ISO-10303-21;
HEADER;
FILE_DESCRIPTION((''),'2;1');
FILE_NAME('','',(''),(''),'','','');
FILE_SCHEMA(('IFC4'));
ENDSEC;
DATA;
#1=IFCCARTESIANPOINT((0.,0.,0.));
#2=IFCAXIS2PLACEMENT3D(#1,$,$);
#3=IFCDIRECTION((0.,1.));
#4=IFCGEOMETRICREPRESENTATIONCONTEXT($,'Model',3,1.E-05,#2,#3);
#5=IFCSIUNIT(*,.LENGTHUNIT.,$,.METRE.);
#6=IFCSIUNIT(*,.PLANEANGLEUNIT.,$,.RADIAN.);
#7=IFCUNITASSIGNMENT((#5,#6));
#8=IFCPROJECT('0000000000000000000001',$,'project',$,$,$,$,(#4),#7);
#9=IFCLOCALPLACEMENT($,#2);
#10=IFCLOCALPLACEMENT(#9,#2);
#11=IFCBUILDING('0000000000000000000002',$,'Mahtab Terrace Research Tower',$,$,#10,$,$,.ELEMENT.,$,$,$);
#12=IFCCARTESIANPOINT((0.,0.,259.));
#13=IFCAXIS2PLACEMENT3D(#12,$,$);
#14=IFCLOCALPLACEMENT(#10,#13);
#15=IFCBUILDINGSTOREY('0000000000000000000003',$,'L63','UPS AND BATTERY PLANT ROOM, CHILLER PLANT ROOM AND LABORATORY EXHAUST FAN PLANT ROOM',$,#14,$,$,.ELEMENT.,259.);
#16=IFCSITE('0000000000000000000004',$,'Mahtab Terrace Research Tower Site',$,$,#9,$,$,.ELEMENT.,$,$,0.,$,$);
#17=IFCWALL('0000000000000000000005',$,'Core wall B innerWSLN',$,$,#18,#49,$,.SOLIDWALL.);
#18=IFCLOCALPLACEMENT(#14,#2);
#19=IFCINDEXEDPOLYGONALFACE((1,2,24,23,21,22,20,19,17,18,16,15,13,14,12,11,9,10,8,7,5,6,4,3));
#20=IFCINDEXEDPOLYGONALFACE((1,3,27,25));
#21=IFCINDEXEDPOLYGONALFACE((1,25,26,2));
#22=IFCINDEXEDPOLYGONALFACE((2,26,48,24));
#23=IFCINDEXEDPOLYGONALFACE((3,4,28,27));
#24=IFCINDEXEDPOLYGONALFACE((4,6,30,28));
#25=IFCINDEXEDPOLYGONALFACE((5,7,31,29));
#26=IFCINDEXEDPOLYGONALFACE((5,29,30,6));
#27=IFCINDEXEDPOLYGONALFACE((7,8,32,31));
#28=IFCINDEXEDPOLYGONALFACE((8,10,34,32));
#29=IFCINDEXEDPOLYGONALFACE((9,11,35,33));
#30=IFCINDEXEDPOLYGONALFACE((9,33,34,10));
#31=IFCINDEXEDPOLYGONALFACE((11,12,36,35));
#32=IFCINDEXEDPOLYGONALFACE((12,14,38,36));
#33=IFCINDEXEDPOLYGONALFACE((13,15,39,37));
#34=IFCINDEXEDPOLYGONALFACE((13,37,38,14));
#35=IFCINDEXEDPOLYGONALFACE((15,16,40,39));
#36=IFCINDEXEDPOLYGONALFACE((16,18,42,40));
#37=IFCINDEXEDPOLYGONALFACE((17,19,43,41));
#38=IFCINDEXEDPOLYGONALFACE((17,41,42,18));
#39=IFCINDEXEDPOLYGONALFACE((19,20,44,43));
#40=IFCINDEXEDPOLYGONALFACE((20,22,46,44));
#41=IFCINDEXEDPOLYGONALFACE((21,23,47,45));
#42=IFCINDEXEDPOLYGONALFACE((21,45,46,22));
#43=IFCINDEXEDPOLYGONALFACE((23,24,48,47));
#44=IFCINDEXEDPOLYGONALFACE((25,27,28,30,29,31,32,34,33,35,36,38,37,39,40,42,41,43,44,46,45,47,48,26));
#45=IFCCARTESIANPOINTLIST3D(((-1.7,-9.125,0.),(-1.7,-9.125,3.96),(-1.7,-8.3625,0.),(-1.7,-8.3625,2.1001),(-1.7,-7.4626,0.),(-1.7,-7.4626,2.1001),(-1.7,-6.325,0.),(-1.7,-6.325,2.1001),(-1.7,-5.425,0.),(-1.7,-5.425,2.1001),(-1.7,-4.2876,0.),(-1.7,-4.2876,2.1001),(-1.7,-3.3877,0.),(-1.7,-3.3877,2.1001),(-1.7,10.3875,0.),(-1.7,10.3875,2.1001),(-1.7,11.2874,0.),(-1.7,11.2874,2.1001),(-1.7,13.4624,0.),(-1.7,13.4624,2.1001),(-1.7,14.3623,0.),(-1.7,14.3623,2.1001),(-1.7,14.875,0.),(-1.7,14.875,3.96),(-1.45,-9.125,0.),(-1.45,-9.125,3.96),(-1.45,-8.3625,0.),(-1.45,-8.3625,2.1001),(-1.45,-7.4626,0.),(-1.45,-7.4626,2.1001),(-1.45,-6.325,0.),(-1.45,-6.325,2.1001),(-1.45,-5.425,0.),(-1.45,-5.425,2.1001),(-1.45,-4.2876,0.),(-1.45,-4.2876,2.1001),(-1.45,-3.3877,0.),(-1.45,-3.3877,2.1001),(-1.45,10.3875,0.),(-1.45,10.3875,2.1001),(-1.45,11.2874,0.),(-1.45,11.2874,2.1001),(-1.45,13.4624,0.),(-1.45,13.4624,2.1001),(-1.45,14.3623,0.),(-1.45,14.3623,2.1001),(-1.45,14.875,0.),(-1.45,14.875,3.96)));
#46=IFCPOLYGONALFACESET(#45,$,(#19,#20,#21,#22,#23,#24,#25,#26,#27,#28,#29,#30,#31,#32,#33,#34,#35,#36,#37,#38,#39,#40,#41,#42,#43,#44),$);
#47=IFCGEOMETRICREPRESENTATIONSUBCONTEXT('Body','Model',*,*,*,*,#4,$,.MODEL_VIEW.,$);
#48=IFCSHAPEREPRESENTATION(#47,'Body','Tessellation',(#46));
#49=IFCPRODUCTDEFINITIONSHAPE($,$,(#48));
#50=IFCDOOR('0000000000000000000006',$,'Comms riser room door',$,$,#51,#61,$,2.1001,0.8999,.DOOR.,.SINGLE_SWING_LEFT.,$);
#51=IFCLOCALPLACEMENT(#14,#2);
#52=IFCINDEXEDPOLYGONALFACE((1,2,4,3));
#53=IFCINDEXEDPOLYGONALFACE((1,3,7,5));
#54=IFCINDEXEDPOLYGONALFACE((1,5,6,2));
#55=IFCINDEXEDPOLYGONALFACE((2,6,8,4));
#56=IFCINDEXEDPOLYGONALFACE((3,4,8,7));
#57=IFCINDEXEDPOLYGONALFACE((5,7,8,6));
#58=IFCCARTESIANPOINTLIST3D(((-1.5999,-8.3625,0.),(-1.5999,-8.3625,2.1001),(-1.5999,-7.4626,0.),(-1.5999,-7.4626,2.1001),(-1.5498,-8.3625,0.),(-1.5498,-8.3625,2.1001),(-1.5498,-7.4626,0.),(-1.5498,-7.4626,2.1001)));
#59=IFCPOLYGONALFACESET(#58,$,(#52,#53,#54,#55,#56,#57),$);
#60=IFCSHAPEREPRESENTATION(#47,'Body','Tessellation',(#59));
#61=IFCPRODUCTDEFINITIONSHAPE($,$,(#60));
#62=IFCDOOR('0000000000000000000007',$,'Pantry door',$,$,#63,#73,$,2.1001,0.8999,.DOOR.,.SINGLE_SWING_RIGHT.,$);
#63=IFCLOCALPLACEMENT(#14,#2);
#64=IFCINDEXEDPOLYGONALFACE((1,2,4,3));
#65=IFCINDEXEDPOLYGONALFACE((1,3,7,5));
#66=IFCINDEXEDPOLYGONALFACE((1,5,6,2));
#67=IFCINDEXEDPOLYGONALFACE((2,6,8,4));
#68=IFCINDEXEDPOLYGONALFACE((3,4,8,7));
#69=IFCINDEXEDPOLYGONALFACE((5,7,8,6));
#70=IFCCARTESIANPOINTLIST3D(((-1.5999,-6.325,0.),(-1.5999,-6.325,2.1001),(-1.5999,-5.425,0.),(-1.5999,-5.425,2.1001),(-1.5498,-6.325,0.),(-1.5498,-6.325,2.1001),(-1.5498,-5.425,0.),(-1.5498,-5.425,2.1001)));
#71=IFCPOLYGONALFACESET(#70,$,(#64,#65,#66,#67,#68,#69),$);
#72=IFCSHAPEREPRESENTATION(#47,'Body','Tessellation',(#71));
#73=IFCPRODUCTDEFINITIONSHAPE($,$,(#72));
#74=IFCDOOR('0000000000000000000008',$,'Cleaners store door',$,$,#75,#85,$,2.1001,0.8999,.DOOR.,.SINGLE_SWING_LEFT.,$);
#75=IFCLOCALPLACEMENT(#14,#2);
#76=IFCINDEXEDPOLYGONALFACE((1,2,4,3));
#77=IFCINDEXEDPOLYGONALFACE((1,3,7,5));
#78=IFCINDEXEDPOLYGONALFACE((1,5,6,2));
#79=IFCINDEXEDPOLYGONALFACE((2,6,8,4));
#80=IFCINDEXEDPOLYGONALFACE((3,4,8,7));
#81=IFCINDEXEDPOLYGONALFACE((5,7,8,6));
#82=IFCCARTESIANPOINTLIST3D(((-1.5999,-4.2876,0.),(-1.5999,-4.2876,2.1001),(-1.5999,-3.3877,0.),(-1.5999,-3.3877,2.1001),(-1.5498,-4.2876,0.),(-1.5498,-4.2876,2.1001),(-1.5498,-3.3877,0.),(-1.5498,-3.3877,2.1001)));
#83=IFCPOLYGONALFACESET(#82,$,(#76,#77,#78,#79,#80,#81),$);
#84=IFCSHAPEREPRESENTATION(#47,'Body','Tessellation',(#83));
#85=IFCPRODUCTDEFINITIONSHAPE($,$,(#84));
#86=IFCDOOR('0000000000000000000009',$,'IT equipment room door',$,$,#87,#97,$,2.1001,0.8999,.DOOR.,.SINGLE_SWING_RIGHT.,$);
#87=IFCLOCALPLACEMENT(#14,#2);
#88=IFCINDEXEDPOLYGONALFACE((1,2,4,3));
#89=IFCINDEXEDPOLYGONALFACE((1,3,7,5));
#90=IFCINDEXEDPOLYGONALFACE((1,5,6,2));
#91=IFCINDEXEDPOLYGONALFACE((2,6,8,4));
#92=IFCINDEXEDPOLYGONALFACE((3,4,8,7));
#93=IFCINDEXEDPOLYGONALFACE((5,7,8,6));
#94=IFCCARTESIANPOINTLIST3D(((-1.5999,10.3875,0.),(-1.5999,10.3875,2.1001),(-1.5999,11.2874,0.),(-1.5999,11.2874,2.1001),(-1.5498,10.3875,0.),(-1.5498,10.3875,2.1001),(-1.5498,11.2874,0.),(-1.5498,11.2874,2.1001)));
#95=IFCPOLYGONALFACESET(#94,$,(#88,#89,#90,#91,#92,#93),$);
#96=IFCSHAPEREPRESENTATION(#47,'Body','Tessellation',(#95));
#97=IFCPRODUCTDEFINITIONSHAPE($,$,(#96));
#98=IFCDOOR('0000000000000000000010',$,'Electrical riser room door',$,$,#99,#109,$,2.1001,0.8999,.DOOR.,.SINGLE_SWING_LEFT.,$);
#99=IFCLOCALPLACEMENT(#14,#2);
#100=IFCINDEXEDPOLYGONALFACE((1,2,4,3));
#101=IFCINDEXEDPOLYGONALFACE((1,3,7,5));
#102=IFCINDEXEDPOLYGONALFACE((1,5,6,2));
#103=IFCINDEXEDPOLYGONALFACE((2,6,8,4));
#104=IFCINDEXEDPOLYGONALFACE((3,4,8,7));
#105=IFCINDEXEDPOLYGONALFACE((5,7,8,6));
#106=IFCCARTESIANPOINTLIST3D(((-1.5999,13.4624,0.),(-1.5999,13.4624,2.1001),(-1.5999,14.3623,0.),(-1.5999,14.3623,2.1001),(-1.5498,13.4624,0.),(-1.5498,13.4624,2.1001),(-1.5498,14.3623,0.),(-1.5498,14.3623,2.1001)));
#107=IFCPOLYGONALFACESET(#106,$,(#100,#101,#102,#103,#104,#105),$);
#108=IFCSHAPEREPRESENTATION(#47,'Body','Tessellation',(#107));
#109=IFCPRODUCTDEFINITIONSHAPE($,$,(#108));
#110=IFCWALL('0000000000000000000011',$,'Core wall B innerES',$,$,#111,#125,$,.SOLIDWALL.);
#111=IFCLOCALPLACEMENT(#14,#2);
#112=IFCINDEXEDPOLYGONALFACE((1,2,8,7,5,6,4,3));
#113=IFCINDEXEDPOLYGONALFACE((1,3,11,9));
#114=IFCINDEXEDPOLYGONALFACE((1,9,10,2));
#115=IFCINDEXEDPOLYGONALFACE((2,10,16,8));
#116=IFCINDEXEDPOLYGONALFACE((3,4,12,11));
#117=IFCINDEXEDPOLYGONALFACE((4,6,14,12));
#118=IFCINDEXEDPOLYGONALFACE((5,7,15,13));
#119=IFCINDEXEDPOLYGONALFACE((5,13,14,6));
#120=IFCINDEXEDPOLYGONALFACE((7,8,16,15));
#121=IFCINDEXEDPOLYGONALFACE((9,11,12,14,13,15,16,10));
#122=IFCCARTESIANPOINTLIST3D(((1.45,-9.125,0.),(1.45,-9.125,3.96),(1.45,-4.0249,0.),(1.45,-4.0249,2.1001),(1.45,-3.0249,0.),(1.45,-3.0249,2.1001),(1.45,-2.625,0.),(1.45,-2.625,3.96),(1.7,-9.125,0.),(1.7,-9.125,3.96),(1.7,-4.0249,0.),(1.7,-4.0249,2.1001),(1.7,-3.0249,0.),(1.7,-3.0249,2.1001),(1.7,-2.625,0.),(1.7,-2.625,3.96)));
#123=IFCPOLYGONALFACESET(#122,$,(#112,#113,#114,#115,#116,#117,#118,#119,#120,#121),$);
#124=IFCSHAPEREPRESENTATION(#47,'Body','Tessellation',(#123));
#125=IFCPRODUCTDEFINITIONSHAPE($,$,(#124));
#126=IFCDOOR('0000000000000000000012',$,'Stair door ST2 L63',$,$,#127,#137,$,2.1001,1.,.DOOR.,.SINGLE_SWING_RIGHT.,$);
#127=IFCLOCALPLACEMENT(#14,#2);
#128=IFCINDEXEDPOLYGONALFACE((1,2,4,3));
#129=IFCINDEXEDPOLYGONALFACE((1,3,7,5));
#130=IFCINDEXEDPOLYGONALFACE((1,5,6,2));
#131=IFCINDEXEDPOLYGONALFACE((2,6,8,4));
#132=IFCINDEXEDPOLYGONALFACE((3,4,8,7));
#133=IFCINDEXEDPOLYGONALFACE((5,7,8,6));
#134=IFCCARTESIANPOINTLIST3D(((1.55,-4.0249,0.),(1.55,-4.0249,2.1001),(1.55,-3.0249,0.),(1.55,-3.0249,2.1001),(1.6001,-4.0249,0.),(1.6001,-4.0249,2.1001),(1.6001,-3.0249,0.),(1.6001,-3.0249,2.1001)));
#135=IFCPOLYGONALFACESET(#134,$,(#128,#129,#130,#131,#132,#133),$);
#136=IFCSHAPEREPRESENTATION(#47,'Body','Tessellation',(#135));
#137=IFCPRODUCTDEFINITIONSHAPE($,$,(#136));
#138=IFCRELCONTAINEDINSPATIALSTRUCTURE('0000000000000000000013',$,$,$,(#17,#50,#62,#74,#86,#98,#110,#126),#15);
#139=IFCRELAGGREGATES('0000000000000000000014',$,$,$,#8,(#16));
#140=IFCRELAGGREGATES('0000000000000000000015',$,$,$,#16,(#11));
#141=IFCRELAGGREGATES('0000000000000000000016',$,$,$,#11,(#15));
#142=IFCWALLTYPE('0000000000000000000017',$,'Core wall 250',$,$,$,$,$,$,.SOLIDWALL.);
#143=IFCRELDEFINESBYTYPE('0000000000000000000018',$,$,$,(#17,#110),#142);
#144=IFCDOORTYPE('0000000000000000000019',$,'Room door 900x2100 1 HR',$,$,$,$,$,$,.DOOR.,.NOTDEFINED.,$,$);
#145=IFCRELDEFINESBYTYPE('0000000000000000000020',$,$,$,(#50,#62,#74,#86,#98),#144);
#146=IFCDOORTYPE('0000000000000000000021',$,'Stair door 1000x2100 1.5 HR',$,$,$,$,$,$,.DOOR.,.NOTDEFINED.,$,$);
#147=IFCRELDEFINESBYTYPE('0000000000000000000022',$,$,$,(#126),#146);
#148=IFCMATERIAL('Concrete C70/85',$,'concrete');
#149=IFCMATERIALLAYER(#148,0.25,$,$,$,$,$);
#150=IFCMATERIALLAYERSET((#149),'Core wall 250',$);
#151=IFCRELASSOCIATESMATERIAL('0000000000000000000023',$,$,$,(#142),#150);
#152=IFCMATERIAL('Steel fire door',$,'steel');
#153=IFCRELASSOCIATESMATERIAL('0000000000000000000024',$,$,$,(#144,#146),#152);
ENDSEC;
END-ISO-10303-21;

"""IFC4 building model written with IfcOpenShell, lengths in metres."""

from ifc_helpers import new_model, si_unit, direction, frame, frame_2d, origin, place, context, subcontext, project, spatial, rectangle, extrude, material, layer, layer_set, type_object, element, fill, save


model = new_model("IFC4")

# Units and contexts
model_context = context("Model", 3, precision=1e-05, world=origin(), true_north=direction((0.0, 1.0)))
body_context = subcontext(model_context, "Body", "Model", "MODEL_VIEW")
ifc_project = project(units=[si_unit("LENGTHUNIT", "METRE"), si_unit("PLANEANGLEUNIT", "RADIAN")], contexts=[model_context])

# Site, building, storey
site_placement = place(None, origin())
site = spatial("IfcSite", under=ifc_project, at=site_placement, Name="Mahtab Terrace Research Tower Site", CompositionType="ELEMENT", RefElevation=0.0)
building_placement = place(site_placement, origin())
building = spatial("IfcBuilding", under=site, at=building_placement, Name="Mahtab Terrace Research Tower", CompositionType="ELEMENT")
storey_placement = place(building_placement, frame((0.0, 0.0, 259.0)))
storey = spatial("IfcBuildingStorey", under=building, at=storey_placement, Name="L63", Description="UPS AND BATTERY PLANT ROOM, CHILLER PLANT ROOM AND LABORATORY EXHAUST FAN PLANT ROOM", CompositionType="ELEMENT", Elevation=259.0)

# Shared definitions
ifc_material_1 = material(Name="Concrete C70/85", Category="concrete")

# Shared definitions
ifc_layer_1 = layer(ifc_material_1, 0.25)
ifc_layer_set_1 = layer_set([ifc_layer_1], Name="Core wall 250")
wall_type_1 = type_object("IfcWallType", Name="Core wall 250", PredefinedType="SOLIDWALL", material=ifc_layer_set_1)

# Shared definitions
ifc_material_2 = material(Name="Steel fire door", Category="steel")

# Wall, openings, doors
wall_1_placement = place(storey_placement, frame((-1.575, -9.125, 0.0), z_axis=(0.0, 0.0, 1.0), x_axis=(0.0, 1.0, 0.0)))
wall_1 = element("IfcWall", 1, at=wall_1_placement, inside=storey, type_object=wall_type_1, Name="Core wall B innerWSLN", PredefinedType="SOLIDWALL", context=body_context, shape_type="SweptSolid", body=[
    extrude(rectangle(XDim=24.0, YDim=0.25, at=frame_2d((12.0, 0.0))), origin(), (0.0, 0.0, 1.0), 3.96),
])
opening_1_placement = place(wall_1_placement, frame((0.7625, 0.0, 0.0)))
opening_1 = element("IfcOpeningElement", 2, at=opening_1_placement, cuts=wall_1, PredefinedType="OPENING", context=body_context, shape_type="SweptSolid", body=[
    extrude(rectangle(XDim=0.8999, YDim=2.1001, at=frame_2d((0.45, 1.05))), frame((0.0, 0.135, 0.0), z_axis=(0.0, -1.0, 0.0), x_axis=(1.0, 0.0, 0.0)), (0.0, 0.0, 1.0), 0.27),
])
opening_2_placement = place(wall_1_placement, frame((2.8, 0.0, 0.0)))
opening_2 = element("IfcOpeningElement", 3, at=opening_2_placement, cuts=wall_1, PredefinedType="OPENING", context=body_context, shape_type="SweptSolid", body=[
    extrude(rectangle(XDim=0.8999, YDim=2.1001, at=frame_2d((0.45, 1.05))), frame((0.0, 0.135, 0.0), z_axis=(0.0, -1.0, 0.0), x_axis=(1.0, 0.0, 0.0)), (0.0, 0.0, 1.0), 0.27),
])
opening_3_placement = place(wall_1_placement, frame((4.8374, 0.0, 0.0)))
opening_3 = element("IfcOpeningElement", 4, at=opening_3_placement, cuts=wall_1, PredefinedType="OPENING", context=body_context, shape_type="SweptSolid", body=[
    extrude(rectangle(XDim=0.8999, YDim=2.1001, at=frame_2d((0.45, 1.05))), frame((0.0, 0.135, 0.0), z_axis=(0.0, -1.0, 0.0), x_axis=(1.0, 0.0, 0.0)), (0.0, 0.0, 1.0), 0.27),
])
opening_4_placement = place(wall_1_placement, frame((19.5125, 0.0, 0.0)))
opening_4 = element("IfcOpeningElement", 5, at=opening_4_placement, cuts=wall_1, PredefinedType="OPENING", context=body_context, shape_type="SweptSolid", body=[
    extrude(rectangle(XDim=0.8999, YDim=2.1001, at=frame_2d((0.45, 1.05))), frame((0.0, 0.135, 0.0), z_axis=(0.0, -1.0, 0.0), x_axis=(1.0, 0.0, 0.0)), (0.0, 0.0, 1.0), 0.27),
])
opening_5_placement = place(wall_1_placement, frame((22.5874, 0.0, 0.0)))
opening_5 = element("IfcOpeningElement", 6, at=opening_5_placement, cuts=wall_1, PredefinedType="OPENING", context=body_context, shape_type="SweptSolid", body=[
    extrude(rectangle(XDim=0.8999, YDim=2.1001, at=frame_2d((0.45, 1.05))), frame((0.0, 0.135, 0.0), z_axis=(0.0, -1.0, 0.0), x_axis=(1.0, 0.0, 0.0)), (0.0, 0.0, 1.0), 0.27),
])
door_type_1 = type_object("IfcDoorType", Name="Room door 900x2100 1 HR", OperationType="NOTDEFINED", PredefinedType="DOOR", material=ifc_material_2)
door_1_placement = place(opening_1_placement, origin())
door_1 = element("IfcDoor", 7, at=door_1_placement, inside=storey, type_object=door_type_1, Name="Comms riser room door", OperationType="SINGLE_SWING_LEFT", OverallHeight=2.1001, OverallWidth=0.8999, PredefinedType="DOOR", context=body_context, shape_type="SweptSolid", body=[
    extrude(rectangle(XDim=0.8999, YDim=2.1001, at=frame_2d((0.45, 1.05))), frame((0.0, 0.0249, 0.0), z_axis=(0.0, -1.0, 0.0), x_axis=(1.0, 0.0, 0.0)), (0.0, 0.0, 1.0), 0.05),
])
fill(opening_1, door_1)
door_2_placement = place(opening_2_placement, origin())
door_2 = element("IfcDoor", 8, at=door_2_placement, inside=storey, type_object=door_type_1, Name="Pantry door", OperationType="SINGLE_SWING_RIGHT", OverallHeight=2.1001, OverallWidth=0.8999, PredefinedType="DOOR", context=body_context, shape_type="SweptSolid", body=[
    extrude(rectangle(XDim=0.8999, YDim=2.1001, at=frame_2d((0.45, 1.05))), frame((0.0, 0.0249, 0.0), z_axis=(0.0, -1.0, 0.0), x_axis=(1.0, 0.0, 0.0)), (0.0, 0.0, 1.0), 0.05),
])
fill(opening_2, door_2)
door_3_placement = place(opening_3_placement, origin())
door_3 = element("IfcDoor", 9, at=door_3_placement, inside=storey, type_object=door_type_1, Name="Cleaners store door", OperationType="SINGLE_SWING_LEFT", OverallHeight=2.1001, OverallWidth=0.8999, PredefinedType="DOOR", context=body_context, shape_type="SweptSolid", body=[
    extrude(rectangle(XDim=0.8999, YDim=2.1001, at=frame_2d((0.45, 1.05))), frame((0.0, 0.0249, 0.0), z_axis=(0.0, -1.0, 0.0), x_axis=(1.0, 0.0, 0.0)), (0.0, 0.0, 1.0), 0.05),
])
fill(opening_3, door_3)
door_4_placement = place(opening_4_placement, origin())
door_4 = element("IfcDoor", 10, at=door_4_placement, inside=storey, type_object=door_type_1, Name="IT equipment room door", OperationType="SINGLE_SWING_RIGHT", OverallHeight=2.1001, OverallWidth=0.8999, PredefinedType="DOOR", context=body_context, shape_type="SweptSolid", body=[
    extrude(rectangle(XDim=0.8999, YDim=2.1001, at=frame_2d((0.45, 1.05))), frame((0.0, 0.0249, 0.0), z_axis=(0.0, -1.0, 0.0), x_axis=(1.0, 0.0, 0.0)), (0.0, 0.0, 1.0), 0.05),
])
fill(opening_4, door_4)
door_5_placement = place(opening_5_placement, origin())
door_5 = element("IfcDoor", 11, at=door_5_placement, inside=storey, type_object=door_type_1, Name="Electrical riser room door", OperationType="SINGLE_SWING_LEFT", OverallHeight=2.1001, OverallWidth=0.8999, PredefinedType="DOOR", context=body_context, shape_type="SweptSolid", body=[
    extrude(rectangle(XDim=0.8999, YDim=2.1001, at=frame_2d((0.45, 1.05))), frame((0.0, 0.0249, 0.0), z_axis=(0.0, -1.0, 0.0), x_axis=(1.0, 0.0, 0.0)), (0.0, 0.0, 1.0), 0.05),
])
fill(opening_5, door_5)

# Wall, opening, door
wall_2_placement = place(storey_placement, frame((1.575, -9.125, 0.0), z_axis=(0.0, 0.0, 1.0), x_axis=(0.0, 1.0, 0.0)))
wall_2 = element("IfcWall", 12, at=wall_2_placement, inside=storey, type_object=wall_type_1, Name="Core wall B innerES", PredefinedType="SOLIDWALL", context=body_context, shape_type="SweptSolid", body=[
    extrude(rectangle(XDim=6.5, YDim=0.25, at=frame_2d((3.25, 0.0))), origin(), (0.0, 0.0, 1.0), 3.96),
])
opening_6_placement = place(wall_2_placement, frame((5.1001, 0.0, 0.0)))
opening_6 = element("IfcOpeningElement", 13, at=opening_6_placement, cuts=wall_2, PredefinedType="OPENING", context=body_context, shape_type="SweptSolid", body=[
    extrude(rectangle(XDim=1.0, YDim=2.1001, at=frame_2d((0.5, 1.05))), frame((0.0, 0.135, 0.0), z_axis=(0.0, -1.0, 0.0), x_axis=(1.0, 0.0, 0.0)), (0.0, 0.0, 1.0), 0.27),
])
door_type_2 = type_object("IfcDoorType", Name="Stair door 1000x2100 1.5 HR", OperationType="NOTDEFINED", PredefinedType="DOOR", material=ifc_material_2)
door_6_placement = place(opening_6_placement, origin())
door_6 = element("IfcDoor", 14, at=door_6_placement, inside=storey, type_object=door_type_2, Name="Stair door ST2 L63", OperationType="SINGLE_SWING_RIGHT", OverallHeight=2.1001, OverallWidth=1.0, PredefinedType="DOOR", context=body_context, shape_type="SweptSolid", body=[
    extrude(rectangle(XDim=1.0, YDim=2.1001, at=frame_2d((0.5, 1.05))), frame((0.0, 0.0249, 0.0), z_axis=(0.0, -1.0, 0.0), x_axis=(1.0, 0.0, 0.0)), (0.0, 0.0, 1.0), 0.05),
])
fill(opening_6, door_6)

save(model, "model.ifc")
